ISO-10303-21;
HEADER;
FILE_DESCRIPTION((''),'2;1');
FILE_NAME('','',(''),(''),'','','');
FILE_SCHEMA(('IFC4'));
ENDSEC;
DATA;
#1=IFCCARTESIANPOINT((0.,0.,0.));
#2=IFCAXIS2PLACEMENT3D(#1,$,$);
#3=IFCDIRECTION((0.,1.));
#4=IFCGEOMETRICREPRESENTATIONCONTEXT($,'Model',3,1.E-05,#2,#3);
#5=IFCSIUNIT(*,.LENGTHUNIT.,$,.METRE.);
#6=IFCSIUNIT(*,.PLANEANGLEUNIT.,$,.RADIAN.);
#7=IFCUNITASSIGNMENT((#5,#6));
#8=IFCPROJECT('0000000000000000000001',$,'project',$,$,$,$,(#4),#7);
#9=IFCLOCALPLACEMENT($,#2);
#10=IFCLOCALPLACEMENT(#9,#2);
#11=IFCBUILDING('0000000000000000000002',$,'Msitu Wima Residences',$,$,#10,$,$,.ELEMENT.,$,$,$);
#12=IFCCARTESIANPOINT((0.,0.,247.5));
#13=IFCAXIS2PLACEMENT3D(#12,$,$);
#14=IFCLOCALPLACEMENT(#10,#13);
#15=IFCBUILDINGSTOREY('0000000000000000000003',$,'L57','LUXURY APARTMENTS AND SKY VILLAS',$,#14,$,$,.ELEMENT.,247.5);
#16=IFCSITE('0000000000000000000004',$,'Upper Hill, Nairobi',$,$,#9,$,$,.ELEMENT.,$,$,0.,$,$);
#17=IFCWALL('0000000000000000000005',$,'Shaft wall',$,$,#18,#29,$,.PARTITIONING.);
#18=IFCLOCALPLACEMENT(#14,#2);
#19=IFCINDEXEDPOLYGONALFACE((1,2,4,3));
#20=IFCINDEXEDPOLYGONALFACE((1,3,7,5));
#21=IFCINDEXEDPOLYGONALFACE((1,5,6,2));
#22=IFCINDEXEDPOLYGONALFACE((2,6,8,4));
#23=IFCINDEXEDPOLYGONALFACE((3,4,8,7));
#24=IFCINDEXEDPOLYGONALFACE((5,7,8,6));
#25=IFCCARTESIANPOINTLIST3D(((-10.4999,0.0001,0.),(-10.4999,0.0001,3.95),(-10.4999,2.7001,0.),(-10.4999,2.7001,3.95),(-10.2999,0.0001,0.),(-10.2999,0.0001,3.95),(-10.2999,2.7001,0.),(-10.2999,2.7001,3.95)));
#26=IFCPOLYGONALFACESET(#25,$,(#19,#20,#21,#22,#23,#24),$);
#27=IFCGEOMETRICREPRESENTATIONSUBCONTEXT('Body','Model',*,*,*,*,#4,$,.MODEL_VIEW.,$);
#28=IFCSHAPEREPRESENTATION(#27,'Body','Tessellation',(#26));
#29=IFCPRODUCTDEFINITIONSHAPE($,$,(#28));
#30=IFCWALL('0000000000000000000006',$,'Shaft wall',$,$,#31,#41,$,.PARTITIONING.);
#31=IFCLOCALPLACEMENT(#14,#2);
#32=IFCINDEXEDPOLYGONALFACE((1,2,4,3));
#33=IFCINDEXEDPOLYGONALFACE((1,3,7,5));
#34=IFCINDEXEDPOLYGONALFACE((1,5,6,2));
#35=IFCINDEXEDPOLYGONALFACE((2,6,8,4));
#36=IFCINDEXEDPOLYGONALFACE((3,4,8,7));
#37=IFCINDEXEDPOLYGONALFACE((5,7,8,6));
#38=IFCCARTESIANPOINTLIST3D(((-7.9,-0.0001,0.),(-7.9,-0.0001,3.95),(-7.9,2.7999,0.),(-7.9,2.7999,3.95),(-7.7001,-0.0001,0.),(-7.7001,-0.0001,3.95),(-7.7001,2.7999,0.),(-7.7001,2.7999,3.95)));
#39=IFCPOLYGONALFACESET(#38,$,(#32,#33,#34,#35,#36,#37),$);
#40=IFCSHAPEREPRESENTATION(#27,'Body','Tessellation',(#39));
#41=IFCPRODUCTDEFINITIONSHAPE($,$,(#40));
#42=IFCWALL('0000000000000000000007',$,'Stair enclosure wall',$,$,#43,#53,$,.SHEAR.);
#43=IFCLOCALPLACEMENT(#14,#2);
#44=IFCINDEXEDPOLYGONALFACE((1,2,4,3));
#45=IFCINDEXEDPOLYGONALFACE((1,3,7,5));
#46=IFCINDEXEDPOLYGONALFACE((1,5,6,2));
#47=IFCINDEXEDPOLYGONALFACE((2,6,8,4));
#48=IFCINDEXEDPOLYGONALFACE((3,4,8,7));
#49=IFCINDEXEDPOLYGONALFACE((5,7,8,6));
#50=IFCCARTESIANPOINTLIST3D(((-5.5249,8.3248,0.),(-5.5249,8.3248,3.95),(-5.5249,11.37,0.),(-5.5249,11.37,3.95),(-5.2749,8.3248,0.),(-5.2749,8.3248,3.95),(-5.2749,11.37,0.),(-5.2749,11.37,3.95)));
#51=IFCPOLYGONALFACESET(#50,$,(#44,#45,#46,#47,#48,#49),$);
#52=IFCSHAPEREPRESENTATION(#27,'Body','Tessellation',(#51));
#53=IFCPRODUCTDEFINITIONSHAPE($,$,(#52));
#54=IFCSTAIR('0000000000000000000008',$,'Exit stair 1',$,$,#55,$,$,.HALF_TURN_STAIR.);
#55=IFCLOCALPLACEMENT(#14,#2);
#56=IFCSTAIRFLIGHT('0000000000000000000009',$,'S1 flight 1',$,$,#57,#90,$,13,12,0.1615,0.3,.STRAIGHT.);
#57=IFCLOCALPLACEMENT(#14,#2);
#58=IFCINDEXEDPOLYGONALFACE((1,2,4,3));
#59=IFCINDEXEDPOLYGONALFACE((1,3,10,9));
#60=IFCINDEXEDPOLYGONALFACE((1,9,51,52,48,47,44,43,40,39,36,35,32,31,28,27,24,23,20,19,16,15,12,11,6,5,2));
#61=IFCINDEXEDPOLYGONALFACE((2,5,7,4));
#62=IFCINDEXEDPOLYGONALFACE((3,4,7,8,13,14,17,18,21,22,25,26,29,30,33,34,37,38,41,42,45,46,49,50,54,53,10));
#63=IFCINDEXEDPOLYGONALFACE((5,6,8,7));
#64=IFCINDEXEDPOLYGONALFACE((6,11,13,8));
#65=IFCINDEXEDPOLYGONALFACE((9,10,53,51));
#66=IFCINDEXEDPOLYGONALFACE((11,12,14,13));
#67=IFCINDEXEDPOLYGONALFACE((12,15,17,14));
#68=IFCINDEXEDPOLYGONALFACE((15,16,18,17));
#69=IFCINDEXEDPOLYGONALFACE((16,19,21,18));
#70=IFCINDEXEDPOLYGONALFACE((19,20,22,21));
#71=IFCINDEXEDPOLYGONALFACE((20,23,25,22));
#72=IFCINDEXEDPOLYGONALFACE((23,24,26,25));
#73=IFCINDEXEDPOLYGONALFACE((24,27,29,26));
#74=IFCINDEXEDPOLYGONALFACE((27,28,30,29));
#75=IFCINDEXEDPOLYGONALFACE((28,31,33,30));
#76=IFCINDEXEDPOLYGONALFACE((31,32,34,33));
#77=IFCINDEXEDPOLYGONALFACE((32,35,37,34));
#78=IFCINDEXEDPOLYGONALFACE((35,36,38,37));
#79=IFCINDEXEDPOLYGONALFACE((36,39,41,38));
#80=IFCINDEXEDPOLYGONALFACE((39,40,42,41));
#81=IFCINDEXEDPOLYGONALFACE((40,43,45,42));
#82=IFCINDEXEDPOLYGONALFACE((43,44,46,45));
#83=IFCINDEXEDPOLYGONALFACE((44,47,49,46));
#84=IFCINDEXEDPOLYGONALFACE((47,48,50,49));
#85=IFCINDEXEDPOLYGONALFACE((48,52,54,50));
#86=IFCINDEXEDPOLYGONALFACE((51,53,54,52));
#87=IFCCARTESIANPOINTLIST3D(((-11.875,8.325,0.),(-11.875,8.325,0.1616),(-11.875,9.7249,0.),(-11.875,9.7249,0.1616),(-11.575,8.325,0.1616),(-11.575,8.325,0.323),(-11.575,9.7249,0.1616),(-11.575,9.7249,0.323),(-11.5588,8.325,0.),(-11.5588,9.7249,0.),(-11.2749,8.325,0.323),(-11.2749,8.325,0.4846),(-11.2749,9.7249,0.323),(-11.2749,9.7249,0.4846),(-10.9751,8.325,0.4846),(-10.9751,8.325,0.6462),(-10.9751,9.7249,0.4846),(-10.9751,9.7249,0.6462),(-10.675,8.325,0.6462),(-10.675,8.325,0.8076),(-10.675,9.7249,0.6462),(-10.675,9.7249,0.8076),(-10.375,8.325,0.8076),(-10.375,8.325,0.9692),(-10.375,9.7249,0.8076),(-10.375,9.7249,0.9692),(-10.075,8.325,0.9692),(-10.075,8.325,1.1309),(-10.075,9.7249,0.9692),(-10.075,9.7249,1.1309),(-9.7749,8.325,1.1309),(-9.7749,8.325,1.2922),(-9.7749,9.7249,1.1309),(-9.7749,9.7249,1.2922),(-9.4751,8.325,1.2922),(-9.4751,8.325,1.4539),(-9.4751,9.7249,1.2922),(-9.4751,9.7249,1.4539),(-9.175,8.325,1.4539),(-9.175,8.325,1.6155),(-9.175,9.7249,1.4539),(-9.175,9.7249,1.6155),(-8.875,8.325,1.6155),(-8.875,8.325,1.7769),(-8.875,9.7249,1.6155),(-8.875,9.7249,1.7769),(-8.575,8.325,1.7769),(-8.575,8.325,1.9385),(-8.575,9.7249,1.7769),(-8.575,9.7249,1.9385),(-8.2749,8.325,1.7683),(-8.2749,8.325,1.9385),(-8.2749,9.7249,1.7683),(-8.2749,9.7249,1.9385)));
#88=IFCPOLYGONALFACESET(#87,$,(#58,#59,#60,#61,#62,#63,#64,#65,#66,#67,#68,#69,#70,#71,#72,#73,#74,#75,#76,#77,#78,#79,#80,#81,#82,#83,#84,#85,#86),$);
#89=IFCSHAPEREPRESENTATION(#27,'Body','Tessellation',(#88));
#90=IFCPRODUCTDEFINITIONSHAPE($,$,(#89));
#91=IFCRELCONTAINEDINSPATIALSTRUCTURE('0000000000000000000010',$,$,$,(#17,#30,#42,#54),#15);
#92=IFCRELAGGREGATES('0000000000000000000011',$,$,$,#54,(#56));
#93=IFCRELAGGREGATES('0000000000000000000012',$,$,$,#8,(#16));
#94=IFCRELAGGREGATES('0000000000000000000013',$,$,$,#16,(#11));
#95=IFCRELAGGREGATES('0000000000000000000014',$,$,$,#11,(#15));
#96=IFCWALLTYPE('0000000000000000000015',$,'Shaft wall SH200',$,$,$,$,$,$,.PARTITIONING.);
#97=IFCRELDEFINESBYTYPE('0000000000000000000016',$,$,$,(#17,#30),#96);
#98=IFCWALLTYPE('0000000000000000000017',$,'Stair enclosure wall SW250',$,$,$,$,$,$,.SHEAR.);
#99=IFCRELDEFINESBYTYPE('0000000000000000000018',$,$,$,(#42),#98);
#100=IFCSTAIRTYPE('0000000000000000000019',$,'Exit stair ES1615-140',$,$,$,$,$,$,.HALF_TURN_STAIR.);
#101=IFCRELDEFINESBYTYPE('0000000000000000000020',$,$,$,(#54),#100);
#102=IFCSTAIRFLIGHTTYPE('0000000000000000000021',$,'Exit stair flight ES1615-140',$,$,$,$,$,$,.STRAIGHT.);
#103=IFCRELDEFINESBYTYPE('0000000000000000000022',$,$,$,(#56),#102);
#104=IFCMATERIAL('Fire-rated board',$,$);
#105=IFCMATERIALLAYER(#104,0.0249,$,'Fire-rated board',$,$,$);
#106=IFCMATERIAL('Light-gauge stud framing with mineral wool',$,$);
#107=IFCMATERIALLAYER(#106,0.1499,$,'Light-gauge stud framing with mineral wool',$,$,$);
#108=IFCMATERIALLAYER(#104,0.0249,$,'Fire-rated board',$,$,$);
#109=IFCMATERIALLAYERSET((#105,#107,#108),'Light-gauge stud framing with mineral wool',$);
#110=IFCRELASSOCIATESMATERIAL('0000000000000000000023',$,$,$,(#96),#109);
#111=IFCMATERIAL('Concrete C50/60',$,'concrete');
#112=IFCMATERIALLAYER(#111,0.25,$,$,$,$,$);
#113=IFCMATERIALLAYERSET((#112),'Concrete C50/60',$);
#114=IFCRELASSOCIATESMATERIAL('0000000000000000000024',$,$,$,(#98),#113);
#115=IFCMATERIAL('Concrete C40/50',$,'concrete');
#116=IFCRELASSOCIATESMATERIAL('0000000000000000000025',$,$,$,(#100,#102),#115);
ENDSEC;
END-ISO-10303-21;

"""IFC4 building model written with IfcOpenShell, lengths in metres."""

from ifc_helpers import new_model, si_unit, direction, frame, frame_2d, origin, place, context, subcontext, project, spatial, polyline, rectangle, outline, extrude, material, layer, layer_set, type_object, element, aggregate, save


model = new_model("IFC4")

# Units and contexts
model_context = context("Model", 3, precision=1e-05, world=origin(), true_north=direction((0.0, 1.0)))
body_context = subcontext(model_context, "Body", "Model", "MODEL_VIEW")
ifc_project = project(units=[si_unit("LENGTHUNIT", "METRE"), si_unit("PLANEANGLEUNIT", "RADIAN")], contexts=[model_context])

# Site, building, storey
site_placement = place(None, origin())
site = spatial("IfcSite", under=ifc_project, at=site_placement, Name="Upper Hill, Nairobi", CompositionType="ELEMENT", RefElevation=0.0)
building_placement = place(site_placement, origin())
building = spatial("IfcBuilding", under=site, at=building_placement, Name="Msitu Wima Residences", CompositionType="ELEMENT")
storey_placement = place(building_placement, frame((0.0, 0.0, 247.5)))
storey = spatial("IfcBuildingStorey", under=building, at=storey_placement, Name="L57", Description="LUXURY APARTMENTS AND SKY VILLAS", CompositionType="ELEMENT", Elevation=247.5)

# Shared definitions
ifc_material_1 = material(Name="Concrete C40/50", Category="concrete")

# Walls
ifc_material_2 = material(Name="Fire-rated board")
ifc_layer_1 = layer(ifc_material_2, 0.0249, Name="Fire-rated board")
ifc_material_3 = material(Name="Light-gauge stud framing with mineral wool")
ifc_layer_2 = layer(ifc_material_3, 0.1499, Name="Light-gauge stud framing with mineral wool")
ifc_layer_3 = layer(ifc_material_2, 0.0249, Name="Fire-rated board")
ifc_layer_set_1 = layer_set([ifc_layer_1, ifc_layer_2, ifc_layer_3], Name="Light-gauge stud framing with mineral wool")
wall_type_1 = type_object("IfcWallType", Name="Shaft wall SH200", PredefinedType="PARTITIONING", material=ifc_layer_set_1)
wall_1_placement = place(storey_placement, frame((-10.3999, 0.0, 0.0), z_axis=(0.0, 0.0, 1.0), x_axis=(0.0, 1.0, 0.0)))
element("IfcWall", 1, at=wall_1_placement, inside=storey, type_object=wall_type_1, Name="Shaft wall", PredefinedType="PARTITIONING", context=body_context, shape_type="SweptSolid", body=[
    extrude(rectangle(XDim=2.7, YDim=0.2, at=frame_2d((1.3501, 0.0))), origin(), (0.0, 0.0, 1.0), 3.95),
])
wall_2_placement = place(storey_placement, frame((-7.8, 0.0, 0.0), z_axis=(0.0, 0.0, 1.0), x_axis=(0.0, 1.0, 0.0)))
element("IfcWall", 2, at=wall_2_placement, inside=storey, type_object=wall_type_1, Name="Shaft wall", PredefinedType="PARTITIONING", context=body_context, shape_type="SweptSolid", body=[
    extrude(rectangle(XDim=2.8, YDim=0.2, at=frame_2d((1.3999, 0.0))), origin(), (0.0, 0.0, 1.0), 3.95),
])
ifc_material_4 = material(Name="Concrete C50/60", Category="concrete")
ifc_layer_4 = layer(ifc_material_4, 0.25)
ifc_layer_set_2 = layer_set([ifc_layer_4], Name="Concrete C50/60")
wall_type_2 = type_object("IfcWallType", Name="Stair enclosure wall SW250", PredefinedType="SHEAR", material=ifc_layer_set_2)
wall_3_placement = place(storey_placement, frame((-5.3999, 8.325, 0.0), z_axis=(0.0, 0.0, 1.0), x_axis=(0.0, 1.0, 0.0)))
element("IfcWall", 3, at=wall_3_placement, inside=storey, type_object=wall_type_2, Name="Stair enclosure wall", PredefinedType="SHEAR", context=body_context, shape_type="SweptSolid", body=[
    extrude(rectangle(XDim=3.0452, YDim=0.25, at=frame_2d((1.5225, 0.0))), origin(), (0.0, 0.0, 1.0), 3.95),
])

# Stair, stair flight
stair_type = type_object("IfcStairType", Name="Exit stair ES1615-140", PredefinedType="HALF_TURN_STAIR", material=ifc_material_1)
stair_placement = place(storey_placement, origin())
stair = element("IfcStair", 4, at=stair_placement, inside=storey, type_object=stair_type, Name="Exit stair 1", PredefinedType="HALF_TURN_STAIR")
stair_flight_type = type_object("IfcStairFlightType", Name="Exit stair flight ES1615-140", PredefinedType="STRAIGHT", material=ifc_material_1)
stair_flight_placement = place(storey_placement, frame((-11.875, 9.0249, 0.0), z_axis=(0.0, 0.0, 1.0), x_axis=(1.0, 0.0, 0.0)))
stair_flight = element("IfcStairFlight", 5, at=stair_flight_placement, type_object=stair_flight_type, Name="S1 flight 1", NumberOfRisers=13, NumberOfTreads=12, PredefinedType="STRAIGHT", RiserHeight=0.1615, TreadLength=0.3, context=body_context, shape_type="SweptSolid", body=[
    extrude(outline(polyline([(0.0, 0.0), (0.0, 0.1616), (0.3, 0.1616), (0.3, 0.323), (0.6001, 0.323), (0.6001, 0.4846), (0.8999, 0.4846), (0.8999, 0.6462), (1.2, 0.6462), (1.2, 0.8076), (1.5, 0.8076), (1.5, 0.9692), (1.8, 0.9692), (1.8, 1.1309), (2.1001, 1.1309), (2.1001, 1.2922), (2.3999, 1.2922), (2.3999, 1.4539), (2.7, 1.4539), (2.7, 1.6155), (3.0, 1.6155), (3.0, 1.7769), (3.3, 1.7769), (3.3, 1.9385), (3.6001, 1.9385), (3.6001, 2.1001), (3.6001, 1.7683), (0.3162, 0.0), (0.0, 0.0)])), frame((0.0, 0.7, 0.0), z_axis=(0.0, -1.0, 0.0), x_axis=(1.0, 0.0, 0.0)), (0.0, 0.0, 1.0), 1.3999),
])
aggregate(stair, [stair_flight])

save(model, "model.ifc")
